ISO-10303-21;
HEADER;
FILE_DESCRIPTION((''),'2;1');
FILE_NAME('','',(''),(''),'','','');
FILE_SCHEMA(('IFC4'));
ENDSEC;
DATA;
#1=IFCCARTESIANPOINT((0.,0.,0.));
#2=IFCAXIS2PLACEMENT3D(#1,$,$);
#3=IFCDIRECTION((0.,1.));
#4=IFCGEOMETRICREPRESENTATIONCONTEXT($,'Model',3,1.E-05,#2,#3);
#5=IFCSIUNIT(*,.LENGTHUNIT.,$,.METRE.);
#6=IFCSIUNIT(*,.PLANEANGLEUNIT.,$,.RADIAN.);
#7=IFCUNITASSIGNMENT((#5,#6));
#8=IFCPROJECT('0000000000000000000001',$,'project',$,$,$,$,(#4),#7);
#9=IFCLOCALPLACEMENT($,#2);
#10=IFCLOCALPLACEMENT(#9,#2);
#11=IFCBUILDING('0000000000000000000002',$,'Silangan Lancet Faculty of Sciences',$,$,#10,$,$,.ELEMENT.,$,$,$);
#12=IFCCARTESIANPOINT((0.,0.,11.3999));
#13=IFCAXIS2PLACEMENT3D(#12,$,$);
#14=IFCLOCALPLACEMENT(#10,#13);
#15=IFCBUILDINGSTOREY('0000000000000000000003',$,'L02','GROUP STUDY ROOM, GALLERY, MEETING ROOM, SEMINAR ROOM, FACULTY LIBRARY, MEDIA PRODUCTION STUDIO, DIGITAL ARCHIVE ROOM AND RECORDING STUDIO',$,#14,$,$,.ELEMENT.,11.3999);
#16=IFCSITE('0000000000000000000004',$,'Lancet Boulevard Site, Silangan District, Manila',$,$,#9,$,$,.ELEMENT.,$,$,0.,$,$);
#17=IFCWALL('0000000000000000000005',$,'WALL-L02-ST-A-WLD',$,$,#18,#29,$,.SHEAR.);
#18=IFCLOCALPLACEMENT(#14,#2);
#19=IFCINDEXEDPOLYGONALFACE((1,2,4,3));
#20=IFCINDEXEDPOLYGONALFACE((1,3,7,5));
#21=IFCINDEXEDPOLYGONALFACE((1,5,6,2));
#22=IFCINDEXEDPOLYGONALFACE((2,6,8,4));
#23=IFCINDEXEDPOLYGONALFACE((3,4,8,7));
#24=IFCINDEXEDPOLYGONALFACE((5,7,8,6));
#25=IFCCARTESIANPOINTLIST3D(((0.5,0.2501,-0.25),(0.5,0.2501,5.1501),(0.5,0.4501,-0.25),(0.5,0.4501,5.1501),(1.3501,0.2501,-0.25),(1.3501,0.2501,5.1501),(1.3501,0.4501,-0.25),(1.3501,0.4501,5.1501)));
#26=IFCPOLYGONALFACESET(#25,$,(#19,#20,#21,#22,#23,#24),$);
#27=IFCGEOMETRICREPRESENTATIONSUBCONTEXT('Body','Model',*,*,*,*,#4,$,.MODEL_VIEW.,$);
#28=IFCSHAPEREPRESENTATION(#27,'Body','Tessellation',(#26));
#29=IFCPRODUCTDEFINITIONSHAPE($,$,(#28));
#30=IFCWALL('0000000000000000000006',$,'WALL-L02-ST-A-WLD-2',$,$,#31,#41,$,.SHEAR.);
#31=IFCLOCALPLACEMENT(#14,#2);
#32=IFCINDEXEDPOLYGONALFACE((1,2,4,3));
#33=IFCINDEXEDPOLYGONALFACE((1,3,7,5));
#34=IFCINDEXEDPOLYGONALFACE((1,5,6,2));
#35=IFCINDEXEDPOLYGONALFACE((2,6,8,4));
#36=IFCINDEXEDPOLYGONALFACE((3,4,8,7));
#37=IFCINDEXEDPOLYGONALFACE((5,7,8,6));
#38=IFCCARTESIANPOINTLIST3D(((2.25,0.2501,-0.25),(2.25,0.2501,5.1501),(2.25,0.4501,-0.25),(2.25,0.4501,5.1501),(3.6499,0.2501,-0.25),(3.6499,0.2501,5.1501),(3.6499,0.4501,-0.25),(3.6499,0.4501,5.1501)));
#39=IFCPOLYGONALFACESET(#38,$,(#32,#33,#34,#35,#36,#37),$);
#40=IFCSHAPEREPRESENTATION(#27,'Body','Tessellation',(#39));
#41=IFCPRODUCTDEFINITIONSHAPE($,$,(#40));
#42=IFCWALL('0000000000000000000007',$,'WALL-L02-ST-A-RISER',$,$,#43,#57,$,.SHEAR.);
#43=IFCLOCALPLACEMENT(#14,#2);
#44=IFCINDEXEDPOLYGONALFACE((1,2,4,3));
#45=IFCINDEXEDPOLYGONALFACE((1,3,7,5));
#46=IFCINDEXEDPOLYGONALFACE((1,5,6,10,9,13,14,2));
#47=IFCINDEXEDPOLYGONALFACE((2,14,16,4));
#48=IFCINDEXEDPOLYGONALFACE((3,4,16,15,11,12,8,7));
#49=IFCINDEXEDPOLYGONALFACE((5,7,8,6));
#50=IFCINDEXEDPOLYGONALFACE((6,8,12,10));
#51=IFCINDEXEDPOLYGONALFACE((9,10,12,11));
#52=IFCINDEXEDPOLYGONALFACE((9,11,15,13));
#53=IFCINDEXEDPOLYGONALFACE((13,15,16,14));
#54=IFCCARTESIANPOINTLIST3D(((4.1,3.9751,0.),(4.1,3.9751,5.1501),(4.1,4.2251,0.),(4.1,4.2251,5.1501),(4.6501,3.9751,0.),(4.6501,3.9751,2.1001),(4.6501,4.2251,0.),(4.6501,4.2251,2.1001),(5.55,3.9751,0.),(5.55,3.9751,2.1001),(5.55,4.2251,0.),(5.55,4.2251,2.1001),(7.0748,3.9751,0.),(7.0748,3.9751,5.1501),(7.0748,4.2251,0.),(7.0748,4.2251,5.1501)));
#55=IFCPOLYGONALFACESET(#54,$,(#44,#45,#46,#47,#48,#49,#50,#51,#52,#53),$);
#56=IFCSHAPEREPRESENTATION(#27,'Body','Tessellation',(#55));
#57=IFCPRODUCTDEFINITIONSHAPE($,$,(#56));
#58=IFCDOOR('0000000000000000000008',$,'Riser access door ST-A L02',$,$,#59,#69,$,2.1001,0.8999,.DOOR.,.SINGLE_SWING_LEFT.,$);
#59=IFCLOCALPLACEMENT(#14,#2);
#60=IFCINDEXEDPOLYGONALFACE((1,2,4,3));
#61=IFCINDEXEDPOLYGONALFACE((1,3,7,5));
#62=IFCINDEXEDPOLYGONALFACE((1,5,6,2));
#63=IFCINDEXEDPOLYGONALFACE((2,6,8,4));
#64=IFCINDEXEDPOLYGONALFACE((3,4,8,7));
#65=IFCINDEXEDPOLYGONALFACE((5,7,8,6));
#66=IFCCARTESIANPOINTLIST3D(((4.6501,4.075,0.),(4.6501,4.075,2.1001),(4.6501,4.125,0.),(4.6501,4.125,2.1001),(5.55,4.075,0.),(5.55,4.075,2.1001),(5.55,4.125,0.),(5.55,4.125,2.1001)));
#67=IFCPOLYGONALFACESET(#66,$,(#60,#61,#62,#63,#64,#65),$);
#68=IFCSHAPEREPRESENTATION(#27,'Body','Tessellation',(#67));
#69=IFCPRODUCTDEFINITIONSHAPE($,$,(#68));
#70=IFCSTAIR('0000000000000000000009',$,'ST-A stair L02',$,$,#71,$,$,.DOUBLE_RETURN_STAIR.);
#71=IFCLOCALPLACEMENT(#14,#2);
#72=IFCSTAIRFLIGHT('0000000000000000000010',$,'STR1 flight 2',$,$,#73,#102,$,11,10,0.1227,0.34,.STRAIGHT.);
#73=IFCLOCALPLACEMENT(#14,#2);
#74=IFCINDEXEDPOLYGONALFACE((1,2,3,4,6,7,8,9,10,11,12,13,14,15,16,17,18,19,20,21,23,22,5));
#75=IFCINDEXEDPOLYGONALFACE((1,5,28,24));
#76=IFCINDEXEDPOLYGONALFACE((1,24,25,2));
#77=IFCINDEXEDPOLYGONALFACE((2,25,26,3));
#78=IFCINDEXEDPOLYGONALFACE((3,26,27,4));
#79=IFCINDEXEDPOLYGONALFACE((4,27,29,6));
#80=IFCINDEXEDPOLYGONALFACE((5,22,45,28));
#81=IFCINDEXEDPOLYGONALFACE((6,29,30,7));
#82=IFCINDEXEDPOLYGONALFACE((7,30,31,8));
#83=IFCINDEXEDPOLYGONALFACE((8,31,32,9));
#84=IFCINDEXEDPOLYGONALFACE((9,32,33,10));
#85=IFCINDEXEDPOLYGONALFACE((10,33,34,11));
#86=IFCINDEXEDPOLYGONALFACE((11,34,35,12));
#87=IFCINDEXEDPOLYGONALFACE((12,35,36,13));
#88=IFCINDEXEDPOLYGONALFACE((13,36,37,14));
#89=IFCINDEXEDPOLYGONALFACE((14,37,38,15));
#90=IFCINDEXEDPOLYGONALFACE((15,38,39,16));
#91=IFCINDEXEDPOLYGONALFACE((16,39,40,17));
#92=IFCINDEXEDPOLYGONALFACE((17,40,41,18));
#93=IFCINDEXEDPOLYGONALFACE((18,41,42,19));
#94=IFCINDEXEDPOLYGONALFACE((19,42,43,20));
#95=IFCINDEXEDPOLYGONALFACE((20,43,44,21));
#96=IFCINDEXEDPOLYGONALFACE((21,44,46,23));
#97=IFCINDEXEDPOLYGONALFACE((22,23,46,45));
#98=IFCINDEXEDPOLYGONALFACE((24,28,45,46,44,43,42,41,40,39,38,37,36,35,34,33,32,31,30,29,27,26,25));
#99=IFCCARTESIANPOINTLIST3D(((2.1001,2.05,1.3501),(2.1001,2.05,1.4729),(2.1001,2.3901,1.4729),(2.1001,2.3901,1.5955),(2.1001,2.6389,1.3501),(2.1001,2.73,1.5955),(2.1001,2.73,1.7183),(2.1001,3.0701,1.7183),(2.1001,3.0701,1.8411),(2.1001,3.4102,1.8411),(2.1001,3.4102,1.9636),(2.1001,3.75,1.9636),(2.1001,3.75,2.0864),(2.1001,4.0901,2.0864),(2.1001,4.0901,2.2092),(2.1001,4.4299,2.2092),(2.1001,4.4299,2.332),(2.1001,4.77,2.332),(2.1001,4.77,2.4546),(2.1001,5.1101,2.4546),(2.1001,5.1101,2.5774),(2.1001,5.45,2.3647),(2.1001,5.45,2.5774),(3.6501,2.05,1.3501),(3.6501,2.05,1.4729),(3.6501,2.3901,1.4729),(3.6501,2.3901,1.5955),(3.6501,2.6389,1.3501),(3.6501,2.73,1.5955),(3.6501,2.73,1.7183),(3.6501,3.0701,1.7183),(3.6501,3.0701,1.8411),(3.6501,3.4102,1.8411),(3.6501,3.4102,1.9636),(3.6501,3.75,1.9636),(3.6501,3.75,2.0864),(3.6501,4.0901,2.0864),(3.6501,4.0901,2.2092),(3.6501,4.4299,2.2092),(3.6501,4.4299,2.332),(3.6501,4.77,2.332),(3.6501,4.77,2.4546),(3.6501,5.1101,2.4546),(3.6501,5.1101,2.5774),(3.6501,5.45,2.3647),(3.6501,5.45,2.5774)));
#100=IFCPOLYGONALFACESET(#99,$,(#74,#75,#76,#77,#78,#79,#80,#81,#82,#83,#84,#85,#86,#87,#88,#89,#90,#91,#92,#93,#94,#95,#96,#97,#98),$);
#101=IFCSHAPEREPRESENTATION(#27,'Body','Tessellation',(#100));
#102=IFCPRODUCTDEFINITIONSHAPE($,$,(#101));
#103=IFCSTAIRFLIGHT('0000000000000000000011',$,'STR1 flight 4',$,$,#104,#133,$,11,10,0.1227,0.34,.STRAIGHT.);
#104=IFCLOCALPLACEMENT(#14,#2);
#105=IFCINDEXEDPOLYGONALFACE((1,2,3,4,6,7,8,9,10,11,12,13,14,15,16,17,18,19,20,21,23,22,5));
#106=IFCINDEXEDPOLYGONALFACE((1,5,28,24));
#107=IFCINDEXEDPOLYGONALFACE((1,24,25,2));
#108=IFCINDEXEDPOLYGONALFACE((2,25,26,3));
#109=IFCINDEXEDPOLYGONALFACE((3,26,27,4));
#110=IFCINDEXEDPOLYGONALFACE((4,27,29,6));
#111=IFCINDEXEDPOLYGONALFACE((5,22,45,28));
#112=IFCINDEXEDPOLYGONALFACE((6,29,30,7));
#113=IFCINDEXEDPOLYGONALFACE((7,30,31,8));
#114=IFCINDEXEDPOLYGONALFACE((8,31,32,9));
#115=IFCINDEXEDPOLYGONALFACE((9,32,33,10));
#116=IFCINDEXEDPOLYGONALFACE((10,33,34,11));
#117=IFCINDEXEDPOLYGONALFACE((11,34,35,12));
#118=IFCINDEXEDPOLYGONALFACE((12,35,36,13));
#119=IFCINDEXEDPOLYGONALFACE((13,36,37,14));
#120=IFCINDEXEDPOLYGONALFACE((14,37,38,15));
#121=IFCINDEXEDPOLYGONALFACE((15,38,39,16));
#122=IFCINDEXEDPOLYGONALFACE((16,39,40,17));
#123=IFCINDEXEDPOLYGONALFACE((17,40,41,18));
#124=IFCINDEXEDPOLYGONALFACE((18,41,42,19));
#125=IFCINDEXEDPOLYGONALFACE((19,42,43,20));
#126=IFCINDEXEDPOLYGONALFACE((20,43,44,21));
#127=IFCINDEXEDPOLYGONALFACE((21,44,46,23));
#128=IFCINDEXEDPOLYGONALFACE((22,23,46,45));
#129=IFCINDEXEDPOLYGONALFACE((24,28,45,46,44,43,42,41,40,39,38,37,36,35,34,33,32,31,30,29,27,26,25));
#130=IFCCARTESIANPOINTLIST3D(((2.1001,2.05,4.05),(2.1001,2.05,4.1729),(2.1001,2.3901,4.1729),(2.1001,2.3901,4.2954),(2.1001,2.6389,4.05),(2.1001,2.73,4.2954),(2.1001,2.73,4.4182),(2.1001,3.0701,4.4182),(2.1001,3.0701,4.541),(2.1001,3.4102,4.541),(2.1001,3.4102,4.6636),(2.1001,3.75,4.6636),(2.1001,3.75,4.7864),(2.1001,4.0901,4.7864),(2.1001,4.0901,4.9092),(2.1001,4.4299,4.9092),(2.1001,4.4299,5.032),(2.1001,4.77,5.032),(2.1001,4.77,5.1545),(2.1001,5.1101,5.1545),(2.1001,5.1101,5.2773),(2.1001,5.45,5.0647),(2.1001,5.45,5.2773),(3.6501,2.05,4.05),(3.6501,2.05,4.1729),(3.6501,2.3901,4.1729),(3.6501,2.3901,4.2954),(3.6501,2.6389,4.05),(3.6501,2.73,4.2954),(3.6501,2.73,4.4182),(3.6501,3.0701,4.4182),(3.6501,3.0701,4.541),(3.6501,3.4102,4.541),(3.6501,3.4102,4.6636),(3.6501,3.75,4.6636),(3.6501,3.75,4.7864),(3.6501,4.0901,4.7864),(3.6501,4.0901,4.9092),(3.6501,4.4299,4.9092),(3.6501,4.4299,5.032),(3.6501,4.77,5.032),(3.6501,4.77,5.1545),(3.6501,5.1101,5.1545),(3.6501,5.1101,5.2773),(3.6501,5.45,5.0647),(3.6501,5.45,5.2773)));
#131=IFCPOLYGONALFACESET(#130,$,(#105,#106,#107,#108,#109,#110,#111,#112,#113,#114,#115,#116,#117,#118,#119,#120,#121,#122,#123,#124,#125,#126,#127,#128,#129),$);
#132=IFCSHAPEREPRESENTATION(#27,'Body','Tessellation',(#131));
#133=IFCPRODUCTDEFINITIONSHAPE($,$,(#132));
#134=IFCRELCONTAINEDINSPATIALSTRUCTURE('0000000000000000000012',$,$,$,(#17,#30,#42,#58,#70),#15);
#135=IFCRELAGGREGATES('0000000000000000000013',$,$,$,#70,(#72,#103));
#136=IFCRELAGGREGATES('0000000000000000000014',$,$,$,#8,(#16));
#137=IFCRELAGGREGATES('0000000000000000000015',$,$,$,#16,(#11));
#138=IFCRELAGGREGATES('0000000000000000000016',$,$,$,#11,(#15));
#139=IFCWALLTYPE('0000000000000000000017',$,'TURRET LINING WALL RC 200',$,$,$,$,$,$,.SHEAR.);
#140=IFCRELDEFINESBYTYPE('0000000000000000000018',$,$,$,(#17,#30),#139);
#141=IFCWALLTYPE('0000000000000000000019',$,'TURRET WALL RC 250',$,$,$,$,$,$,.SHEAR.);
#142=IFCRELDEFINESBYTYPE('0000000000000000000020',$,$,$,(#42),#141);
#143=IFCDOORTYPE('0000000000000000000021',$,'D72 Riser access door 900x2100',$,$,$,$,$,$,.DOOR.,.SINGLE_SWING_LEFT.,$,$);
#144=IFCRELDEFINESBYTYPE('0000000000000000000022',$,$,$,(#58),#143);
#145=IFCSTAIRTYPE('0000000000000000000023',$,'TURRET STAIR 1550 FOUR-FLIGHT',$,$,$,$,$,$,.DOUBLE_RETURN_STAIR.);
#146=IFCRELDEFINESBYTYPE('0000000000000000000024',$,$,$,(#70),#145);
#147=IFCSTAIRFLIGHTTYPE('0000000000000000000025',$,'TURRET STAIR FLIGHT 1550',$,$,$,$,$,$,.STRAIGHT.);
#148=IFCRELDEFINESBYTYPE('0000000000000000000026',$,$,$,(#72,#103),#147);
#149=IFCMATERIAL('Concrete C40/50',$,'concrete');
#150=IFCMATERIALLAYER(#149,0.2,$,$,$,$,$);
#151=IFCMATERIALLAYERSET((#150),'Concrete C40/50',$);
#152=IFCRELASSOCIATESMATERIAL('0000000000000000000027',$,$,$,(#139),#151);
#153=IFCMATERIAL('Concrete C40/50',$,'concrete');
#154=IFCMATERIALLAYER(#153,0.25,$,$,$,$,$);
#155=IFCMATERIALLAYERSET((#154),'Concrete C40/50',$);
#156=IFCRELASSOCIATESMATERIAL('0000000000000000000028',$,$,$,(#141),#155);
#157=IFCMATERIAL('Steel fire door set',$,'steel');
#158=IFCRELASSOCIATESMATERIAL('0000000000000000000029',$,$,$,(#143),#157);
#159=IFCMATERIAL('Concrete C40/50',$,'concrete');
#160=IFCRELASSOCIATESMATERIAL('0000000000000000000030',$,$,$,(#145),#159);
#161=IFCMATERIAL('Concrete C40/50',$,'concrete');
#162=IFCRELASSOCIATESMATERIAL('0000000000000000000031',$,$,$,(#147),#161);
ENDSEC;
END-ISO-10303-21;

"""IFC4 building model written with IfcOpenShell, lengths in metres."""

from ifc_helpers import new_model, si_unit, direction, frame, frame_2d, origin, place, context, subcontext, project, spatial, polyline, rectangle, outline, extrude, material, layer, layer_set, type_object, element, fill, aggregate, save


model = new_model("IFC4")

# Units and contexts
model_context = context("Model", 3, precision=1e-05, world=origin(), true_north=direction((0.0, 1.0)))
body_context = subcontext(model_context, "Body", "Model", "MODEL_VIEW")
ifc_project = project(units=[si_unit("LENGTHUNIT", "METRE"), si_unit("PLANEANGLEUNIT", "RADIAN")], contexts=[model_context])

# Site, building, storey
site_placement = place(None, origin())
site = spatial("IfcSite", under=ifc_project, at=site_placement, Name="Lancet Boulevard Site, Silangan District, Manila", CompositionType="ELEMENT", RefElevation=0.0)
building_placement = place(site_placement, origin())
building = spatial("IfcBuilding", under=site, at=building_placement, Name="Silangan Lancet Faculty of Sciences", CompositionType="ELEMENT")
storey_placement = place(building_placement, frame((0.0, 0.0, 11.3999)))
storey = spatial("IfcBuildingStorey", under=building, at=storey_placement, Name="L02", Description="GROUP STUDY ROOM, GALLERY, MEETING ROOM, SEMINAR ROOM, FACULTY LIBRARY, MEDIA PRODUCTION STUDIO, DIGITAL ARCHIVE ROOM AND RECORDING STUDIO", CompositionType="ELEMENT", Elevation=11.3999)

# Walls
ifc_material_1 = material(Name="Concrete C40/50", Category="concrete")
ifc_layer_1 = layer(ifc_material_1, 0.2)
ifc_layer_set_1 = layer_set([ifc_layer_1], Name="Concrete C40/50")
wall_type_1 = type_object("IfcWallType", Name="TURRET LINING WALL RC 200", PredefinedType="SHEAR", material=ifc_layer_set_1)
wall_1_placement = place(storey_placement, frame((0.5, 0.3501, -0.25), z_axis=(0.0, 0.0, 1.0), x_axis=(1.0, 0.0, 0.0)))
element("IfcWall", 1, at=wall_1_placement, inside=storey, type_object=wall_type_1, Name="WALL-L02-ST-A-WLD", PredefinedType="SHEAR", context=body_context, shape_type="SweptSolid", body=[
    extrude(rectangle(XDim=0.8501, YDim=0.2, at=frame_2d((0.425, 0.0))), origin(), (0.0, 0.0, 1.0), 5.4001),
])
wall_2_placement = place(storey_placement, frame((2.25, 0.3501, -0.25), z_axis=(0.0, 0.0, 1.0), x_axis=(1.0, 0.0, 0.0)))
element("IfcWall", 2, at=wall_2_placement, inside=storey, type_object=wall_type_1, Name="WALL-L02-ST-A-WLD-2", PredefinedType="SHEAR", context=body_context, shape_type="SweptSolid", body=[
    extrude(rectangle(XDim=1.3999, YDim=0.2, at=frame_2d((0.7, 0.0))), origin(), (0.0, 0.0, 1.0), 5.4001),
])

# Wall, opening, door
ifc_material_2 = material(Name="Concrete C40/50", Category="concrete")
ifc_layer_2 = layer(ifc_material_2, 0.25)
ifc_layer_set_2 = layer_set([ifc_layer_2], Name="Concrete C40/50")
wall_type_2 = type_object("IfcWallType", Name="TURRET WALL RC 250", PredefinedType="SHEAR", material=ifc_layer_set_2)
wall_3_placement = place(storey_placement, frame((4.1001, 4.1001, 0.0), z_axis=(0.0, 0.0, 1.0), x_axis=(1.0, 0.0, 0.0)))
wall_3 = element("IfcWall", 3, at=wall_3_placement, inside=storey, type_object=wall_type_2, Name="WALL-L02-ST-A-RISER", PredefinedType="SHEAR", context=body_context, shape_type="SweptSolid", body=[
    extrude(rectangle(XDim=2.9749, YDim=0.25, at=frame_2d((1.4873, 0.0))), origin(), (0.0, 0.0, 1.0), 5.1501),
])
opening_1_placement = place(wall_3_placement, frame((0.55, 0.0, 0.0)))
opening_1 = element("IfcOpeningElement", 4, at=opening_1_placement, cuts=wall_3, PredefinedType="OPENING", context=body_context, shape_type="SweptSolid", body=[
    extrude(rectangle(XDim=0.8999, YDim=2.1001, at=frame_2d((0.45, 1.05))), frame((0.0, 0.135, 0.0), z_axis=(0.0, -1.0, 0.0), x_axis=(1.0, 0.0, 0.0)), (0.0, 0.0, 1.0), 0.27),
])
ifc_material_3 = material(Name="Steel fire door set", Category="steel")
door_type_1 = type_object("IfcDoorType", Name="D72 Riser access door 900x2100", OperationType="SINGLE_SWING_LEFT", PredefinedType="DOOR", material=ifc_material_3)
door_1_placement = place(opening_1_placement, frame((0.8999, 0.0, 0.0), z_axis=(0.0, 0.0, 1.0), x_axis=(-1.0, 0.0, 0.0)))
door_1 = element("IfcDoor", 5, at=door_1_placement, inside=storey, type_object=door_type_1, Name="Riser access door ST-A L02", OperationType="SINGLE_SWING_LEFT", OverallHeight=2.1001, OverallWidth=0.8999, PredefinedType="DOOR", context=body_context, shape_type="SweptSolid", body=[
    extrude(rectangle(XDim=0.8999, YDim=2.1001, at=frame_2d((0.45, 1.05))), frame((0.0, 0.0251, 0.0), z_axis=(0.0, -1.0, 0.0), x_axis=(1.0, 0.0, 0.0)), (0.0, 0.0, 1.0), 0.05),
])
fill(opening_1, door_1)

# Stair, stair flights
ifc_material_4 = material(Name="Concrete C40/50", Category="concrete")
stair_type = type_object("IfcStairType", Name="TURRET STAIR 1550 FOUR-FLIGHT", PredefinedType="DOUBLE_RETURN_STAIR", material=ifc_material_4)
stair_placement = place(storey_placement, origin())
stair = element("IfcStair", 6, at=stair_placement, inside=storey, type_object=stair_type, Name="ST-A stair L02", PredefinedType="DOUBLE_RETURN_STAIR")
ifc_material_5 = material(Name="Concrete C40/50", Category="concrete")
stair_flight_type = type_object("IfcStairFlightType", Name="TURRET STAIR FLIGHT 1550", PredefinedType="STRAIGHT", material=ifc_material_5)
stair_flight_1_placement = place(storey_placement, frame((2.875, 2.05, 1.3501), z_axis=(0.0, 0.0, 1.0), x_axis=(0.0, 1.0, 0.0)))
stair_flight_1 = element("IfcStairFlight", 7, at=stair_flight_1_placement, type_object=stair_flight_type, Name="STR1 flight 2", NumberOfRisers=11, NumberOfTreads=10, PredefinedType="STRAIGHT", RiserHeight=0.1227, TreadLength=0.34, context=body_context, shape_type="SweptSolid", body=[
    extrude(outline(polyline([(0.0, 0.0), (0.0, 0.1228), (0.3401, 0.1228), (0.3401, 0.2454), (0.6799, 0.2454), (0.6799, 0.3682), (1.02, 0.3682), (1.02, 0.491), (1.3601, 0.491), (1.3601, 0.6135), (1.7, 0.6135), (1.7, 0.7363), (2.04, 0.7363), (2.04, 0.8591), (2.3799, 0.8591), (2.3799, 0.9819), (2.72, 0.9819), (2.72, 1.1045), (3.0601, 1.1045), (3.0601, 1.2273), (3.3999, 1.2273), (3.3999, 1.3501), (3.3999, 1.0146), (0.5889, 0.0), (0.0, 0.0)])), frame((0.0, 0.7749, 0.0), z_axis=(0.0, -1.0, 0.0), x_axis=(1.0, 0.0, 0.0)), (0.0, 0.0, 1.0), 1.55),
])
stair_flight_2_placement = place(storey_placement, frame((2.875, 2.05, 4.05), z_axis=(0.0, 0.0, 1.0), x_axis=(0.0, 1.0, 0.0)))
stair_flight_2 = element("IfcStairFlight", 8, at=stair_flight_2_placement, type_object=stair_flight_type, Name="STR1 flight 4", NumberOfRisers=11, NumberOfTreads=10, PredefinedType="STRAIGHT", RiserHeight=0.1227, TreadLength=0.34, context=body_context, shape_type="SweptSolid", body=[
    extrude(outline(polyline([(0.0, 0.0), (0.0, 0.1228), (0.3401, 0.1228), (0.3401, 0.2454), (0.6799, 0.2454), (0.6799, 0.3682), (1.02, 0.3682), (1.02, 0.491), (1.3601, 0.491), (1.3601, 0.6135), (1.7, 0.6135), (1.7, 0.7363), (2.04, 0.7363), (2.04, 0.8591), (2.3799, 0.8591), (2.3799, 0.9819), (2.72, 0.9819), (2.72, 1.1045), (3.0601, 1.1045), (3.0601, 1.2273), (3.3999, 1.2273), (3.3999, 1.3501), (3.3999, 1.0146), (0.5889, 0.0), (0.0, 0.0)])), frame((0.0, 0.7749, 0.0), z_axis=(0.0, -1.0, 0.0), x_axis=(1.0, 0.0, 0.0)), (0.0, 0.0, 1.0), 1.55),
])
aggregate(stair, [stair_flight_1, stair_flight_2])

save(model, "model.ifc")
